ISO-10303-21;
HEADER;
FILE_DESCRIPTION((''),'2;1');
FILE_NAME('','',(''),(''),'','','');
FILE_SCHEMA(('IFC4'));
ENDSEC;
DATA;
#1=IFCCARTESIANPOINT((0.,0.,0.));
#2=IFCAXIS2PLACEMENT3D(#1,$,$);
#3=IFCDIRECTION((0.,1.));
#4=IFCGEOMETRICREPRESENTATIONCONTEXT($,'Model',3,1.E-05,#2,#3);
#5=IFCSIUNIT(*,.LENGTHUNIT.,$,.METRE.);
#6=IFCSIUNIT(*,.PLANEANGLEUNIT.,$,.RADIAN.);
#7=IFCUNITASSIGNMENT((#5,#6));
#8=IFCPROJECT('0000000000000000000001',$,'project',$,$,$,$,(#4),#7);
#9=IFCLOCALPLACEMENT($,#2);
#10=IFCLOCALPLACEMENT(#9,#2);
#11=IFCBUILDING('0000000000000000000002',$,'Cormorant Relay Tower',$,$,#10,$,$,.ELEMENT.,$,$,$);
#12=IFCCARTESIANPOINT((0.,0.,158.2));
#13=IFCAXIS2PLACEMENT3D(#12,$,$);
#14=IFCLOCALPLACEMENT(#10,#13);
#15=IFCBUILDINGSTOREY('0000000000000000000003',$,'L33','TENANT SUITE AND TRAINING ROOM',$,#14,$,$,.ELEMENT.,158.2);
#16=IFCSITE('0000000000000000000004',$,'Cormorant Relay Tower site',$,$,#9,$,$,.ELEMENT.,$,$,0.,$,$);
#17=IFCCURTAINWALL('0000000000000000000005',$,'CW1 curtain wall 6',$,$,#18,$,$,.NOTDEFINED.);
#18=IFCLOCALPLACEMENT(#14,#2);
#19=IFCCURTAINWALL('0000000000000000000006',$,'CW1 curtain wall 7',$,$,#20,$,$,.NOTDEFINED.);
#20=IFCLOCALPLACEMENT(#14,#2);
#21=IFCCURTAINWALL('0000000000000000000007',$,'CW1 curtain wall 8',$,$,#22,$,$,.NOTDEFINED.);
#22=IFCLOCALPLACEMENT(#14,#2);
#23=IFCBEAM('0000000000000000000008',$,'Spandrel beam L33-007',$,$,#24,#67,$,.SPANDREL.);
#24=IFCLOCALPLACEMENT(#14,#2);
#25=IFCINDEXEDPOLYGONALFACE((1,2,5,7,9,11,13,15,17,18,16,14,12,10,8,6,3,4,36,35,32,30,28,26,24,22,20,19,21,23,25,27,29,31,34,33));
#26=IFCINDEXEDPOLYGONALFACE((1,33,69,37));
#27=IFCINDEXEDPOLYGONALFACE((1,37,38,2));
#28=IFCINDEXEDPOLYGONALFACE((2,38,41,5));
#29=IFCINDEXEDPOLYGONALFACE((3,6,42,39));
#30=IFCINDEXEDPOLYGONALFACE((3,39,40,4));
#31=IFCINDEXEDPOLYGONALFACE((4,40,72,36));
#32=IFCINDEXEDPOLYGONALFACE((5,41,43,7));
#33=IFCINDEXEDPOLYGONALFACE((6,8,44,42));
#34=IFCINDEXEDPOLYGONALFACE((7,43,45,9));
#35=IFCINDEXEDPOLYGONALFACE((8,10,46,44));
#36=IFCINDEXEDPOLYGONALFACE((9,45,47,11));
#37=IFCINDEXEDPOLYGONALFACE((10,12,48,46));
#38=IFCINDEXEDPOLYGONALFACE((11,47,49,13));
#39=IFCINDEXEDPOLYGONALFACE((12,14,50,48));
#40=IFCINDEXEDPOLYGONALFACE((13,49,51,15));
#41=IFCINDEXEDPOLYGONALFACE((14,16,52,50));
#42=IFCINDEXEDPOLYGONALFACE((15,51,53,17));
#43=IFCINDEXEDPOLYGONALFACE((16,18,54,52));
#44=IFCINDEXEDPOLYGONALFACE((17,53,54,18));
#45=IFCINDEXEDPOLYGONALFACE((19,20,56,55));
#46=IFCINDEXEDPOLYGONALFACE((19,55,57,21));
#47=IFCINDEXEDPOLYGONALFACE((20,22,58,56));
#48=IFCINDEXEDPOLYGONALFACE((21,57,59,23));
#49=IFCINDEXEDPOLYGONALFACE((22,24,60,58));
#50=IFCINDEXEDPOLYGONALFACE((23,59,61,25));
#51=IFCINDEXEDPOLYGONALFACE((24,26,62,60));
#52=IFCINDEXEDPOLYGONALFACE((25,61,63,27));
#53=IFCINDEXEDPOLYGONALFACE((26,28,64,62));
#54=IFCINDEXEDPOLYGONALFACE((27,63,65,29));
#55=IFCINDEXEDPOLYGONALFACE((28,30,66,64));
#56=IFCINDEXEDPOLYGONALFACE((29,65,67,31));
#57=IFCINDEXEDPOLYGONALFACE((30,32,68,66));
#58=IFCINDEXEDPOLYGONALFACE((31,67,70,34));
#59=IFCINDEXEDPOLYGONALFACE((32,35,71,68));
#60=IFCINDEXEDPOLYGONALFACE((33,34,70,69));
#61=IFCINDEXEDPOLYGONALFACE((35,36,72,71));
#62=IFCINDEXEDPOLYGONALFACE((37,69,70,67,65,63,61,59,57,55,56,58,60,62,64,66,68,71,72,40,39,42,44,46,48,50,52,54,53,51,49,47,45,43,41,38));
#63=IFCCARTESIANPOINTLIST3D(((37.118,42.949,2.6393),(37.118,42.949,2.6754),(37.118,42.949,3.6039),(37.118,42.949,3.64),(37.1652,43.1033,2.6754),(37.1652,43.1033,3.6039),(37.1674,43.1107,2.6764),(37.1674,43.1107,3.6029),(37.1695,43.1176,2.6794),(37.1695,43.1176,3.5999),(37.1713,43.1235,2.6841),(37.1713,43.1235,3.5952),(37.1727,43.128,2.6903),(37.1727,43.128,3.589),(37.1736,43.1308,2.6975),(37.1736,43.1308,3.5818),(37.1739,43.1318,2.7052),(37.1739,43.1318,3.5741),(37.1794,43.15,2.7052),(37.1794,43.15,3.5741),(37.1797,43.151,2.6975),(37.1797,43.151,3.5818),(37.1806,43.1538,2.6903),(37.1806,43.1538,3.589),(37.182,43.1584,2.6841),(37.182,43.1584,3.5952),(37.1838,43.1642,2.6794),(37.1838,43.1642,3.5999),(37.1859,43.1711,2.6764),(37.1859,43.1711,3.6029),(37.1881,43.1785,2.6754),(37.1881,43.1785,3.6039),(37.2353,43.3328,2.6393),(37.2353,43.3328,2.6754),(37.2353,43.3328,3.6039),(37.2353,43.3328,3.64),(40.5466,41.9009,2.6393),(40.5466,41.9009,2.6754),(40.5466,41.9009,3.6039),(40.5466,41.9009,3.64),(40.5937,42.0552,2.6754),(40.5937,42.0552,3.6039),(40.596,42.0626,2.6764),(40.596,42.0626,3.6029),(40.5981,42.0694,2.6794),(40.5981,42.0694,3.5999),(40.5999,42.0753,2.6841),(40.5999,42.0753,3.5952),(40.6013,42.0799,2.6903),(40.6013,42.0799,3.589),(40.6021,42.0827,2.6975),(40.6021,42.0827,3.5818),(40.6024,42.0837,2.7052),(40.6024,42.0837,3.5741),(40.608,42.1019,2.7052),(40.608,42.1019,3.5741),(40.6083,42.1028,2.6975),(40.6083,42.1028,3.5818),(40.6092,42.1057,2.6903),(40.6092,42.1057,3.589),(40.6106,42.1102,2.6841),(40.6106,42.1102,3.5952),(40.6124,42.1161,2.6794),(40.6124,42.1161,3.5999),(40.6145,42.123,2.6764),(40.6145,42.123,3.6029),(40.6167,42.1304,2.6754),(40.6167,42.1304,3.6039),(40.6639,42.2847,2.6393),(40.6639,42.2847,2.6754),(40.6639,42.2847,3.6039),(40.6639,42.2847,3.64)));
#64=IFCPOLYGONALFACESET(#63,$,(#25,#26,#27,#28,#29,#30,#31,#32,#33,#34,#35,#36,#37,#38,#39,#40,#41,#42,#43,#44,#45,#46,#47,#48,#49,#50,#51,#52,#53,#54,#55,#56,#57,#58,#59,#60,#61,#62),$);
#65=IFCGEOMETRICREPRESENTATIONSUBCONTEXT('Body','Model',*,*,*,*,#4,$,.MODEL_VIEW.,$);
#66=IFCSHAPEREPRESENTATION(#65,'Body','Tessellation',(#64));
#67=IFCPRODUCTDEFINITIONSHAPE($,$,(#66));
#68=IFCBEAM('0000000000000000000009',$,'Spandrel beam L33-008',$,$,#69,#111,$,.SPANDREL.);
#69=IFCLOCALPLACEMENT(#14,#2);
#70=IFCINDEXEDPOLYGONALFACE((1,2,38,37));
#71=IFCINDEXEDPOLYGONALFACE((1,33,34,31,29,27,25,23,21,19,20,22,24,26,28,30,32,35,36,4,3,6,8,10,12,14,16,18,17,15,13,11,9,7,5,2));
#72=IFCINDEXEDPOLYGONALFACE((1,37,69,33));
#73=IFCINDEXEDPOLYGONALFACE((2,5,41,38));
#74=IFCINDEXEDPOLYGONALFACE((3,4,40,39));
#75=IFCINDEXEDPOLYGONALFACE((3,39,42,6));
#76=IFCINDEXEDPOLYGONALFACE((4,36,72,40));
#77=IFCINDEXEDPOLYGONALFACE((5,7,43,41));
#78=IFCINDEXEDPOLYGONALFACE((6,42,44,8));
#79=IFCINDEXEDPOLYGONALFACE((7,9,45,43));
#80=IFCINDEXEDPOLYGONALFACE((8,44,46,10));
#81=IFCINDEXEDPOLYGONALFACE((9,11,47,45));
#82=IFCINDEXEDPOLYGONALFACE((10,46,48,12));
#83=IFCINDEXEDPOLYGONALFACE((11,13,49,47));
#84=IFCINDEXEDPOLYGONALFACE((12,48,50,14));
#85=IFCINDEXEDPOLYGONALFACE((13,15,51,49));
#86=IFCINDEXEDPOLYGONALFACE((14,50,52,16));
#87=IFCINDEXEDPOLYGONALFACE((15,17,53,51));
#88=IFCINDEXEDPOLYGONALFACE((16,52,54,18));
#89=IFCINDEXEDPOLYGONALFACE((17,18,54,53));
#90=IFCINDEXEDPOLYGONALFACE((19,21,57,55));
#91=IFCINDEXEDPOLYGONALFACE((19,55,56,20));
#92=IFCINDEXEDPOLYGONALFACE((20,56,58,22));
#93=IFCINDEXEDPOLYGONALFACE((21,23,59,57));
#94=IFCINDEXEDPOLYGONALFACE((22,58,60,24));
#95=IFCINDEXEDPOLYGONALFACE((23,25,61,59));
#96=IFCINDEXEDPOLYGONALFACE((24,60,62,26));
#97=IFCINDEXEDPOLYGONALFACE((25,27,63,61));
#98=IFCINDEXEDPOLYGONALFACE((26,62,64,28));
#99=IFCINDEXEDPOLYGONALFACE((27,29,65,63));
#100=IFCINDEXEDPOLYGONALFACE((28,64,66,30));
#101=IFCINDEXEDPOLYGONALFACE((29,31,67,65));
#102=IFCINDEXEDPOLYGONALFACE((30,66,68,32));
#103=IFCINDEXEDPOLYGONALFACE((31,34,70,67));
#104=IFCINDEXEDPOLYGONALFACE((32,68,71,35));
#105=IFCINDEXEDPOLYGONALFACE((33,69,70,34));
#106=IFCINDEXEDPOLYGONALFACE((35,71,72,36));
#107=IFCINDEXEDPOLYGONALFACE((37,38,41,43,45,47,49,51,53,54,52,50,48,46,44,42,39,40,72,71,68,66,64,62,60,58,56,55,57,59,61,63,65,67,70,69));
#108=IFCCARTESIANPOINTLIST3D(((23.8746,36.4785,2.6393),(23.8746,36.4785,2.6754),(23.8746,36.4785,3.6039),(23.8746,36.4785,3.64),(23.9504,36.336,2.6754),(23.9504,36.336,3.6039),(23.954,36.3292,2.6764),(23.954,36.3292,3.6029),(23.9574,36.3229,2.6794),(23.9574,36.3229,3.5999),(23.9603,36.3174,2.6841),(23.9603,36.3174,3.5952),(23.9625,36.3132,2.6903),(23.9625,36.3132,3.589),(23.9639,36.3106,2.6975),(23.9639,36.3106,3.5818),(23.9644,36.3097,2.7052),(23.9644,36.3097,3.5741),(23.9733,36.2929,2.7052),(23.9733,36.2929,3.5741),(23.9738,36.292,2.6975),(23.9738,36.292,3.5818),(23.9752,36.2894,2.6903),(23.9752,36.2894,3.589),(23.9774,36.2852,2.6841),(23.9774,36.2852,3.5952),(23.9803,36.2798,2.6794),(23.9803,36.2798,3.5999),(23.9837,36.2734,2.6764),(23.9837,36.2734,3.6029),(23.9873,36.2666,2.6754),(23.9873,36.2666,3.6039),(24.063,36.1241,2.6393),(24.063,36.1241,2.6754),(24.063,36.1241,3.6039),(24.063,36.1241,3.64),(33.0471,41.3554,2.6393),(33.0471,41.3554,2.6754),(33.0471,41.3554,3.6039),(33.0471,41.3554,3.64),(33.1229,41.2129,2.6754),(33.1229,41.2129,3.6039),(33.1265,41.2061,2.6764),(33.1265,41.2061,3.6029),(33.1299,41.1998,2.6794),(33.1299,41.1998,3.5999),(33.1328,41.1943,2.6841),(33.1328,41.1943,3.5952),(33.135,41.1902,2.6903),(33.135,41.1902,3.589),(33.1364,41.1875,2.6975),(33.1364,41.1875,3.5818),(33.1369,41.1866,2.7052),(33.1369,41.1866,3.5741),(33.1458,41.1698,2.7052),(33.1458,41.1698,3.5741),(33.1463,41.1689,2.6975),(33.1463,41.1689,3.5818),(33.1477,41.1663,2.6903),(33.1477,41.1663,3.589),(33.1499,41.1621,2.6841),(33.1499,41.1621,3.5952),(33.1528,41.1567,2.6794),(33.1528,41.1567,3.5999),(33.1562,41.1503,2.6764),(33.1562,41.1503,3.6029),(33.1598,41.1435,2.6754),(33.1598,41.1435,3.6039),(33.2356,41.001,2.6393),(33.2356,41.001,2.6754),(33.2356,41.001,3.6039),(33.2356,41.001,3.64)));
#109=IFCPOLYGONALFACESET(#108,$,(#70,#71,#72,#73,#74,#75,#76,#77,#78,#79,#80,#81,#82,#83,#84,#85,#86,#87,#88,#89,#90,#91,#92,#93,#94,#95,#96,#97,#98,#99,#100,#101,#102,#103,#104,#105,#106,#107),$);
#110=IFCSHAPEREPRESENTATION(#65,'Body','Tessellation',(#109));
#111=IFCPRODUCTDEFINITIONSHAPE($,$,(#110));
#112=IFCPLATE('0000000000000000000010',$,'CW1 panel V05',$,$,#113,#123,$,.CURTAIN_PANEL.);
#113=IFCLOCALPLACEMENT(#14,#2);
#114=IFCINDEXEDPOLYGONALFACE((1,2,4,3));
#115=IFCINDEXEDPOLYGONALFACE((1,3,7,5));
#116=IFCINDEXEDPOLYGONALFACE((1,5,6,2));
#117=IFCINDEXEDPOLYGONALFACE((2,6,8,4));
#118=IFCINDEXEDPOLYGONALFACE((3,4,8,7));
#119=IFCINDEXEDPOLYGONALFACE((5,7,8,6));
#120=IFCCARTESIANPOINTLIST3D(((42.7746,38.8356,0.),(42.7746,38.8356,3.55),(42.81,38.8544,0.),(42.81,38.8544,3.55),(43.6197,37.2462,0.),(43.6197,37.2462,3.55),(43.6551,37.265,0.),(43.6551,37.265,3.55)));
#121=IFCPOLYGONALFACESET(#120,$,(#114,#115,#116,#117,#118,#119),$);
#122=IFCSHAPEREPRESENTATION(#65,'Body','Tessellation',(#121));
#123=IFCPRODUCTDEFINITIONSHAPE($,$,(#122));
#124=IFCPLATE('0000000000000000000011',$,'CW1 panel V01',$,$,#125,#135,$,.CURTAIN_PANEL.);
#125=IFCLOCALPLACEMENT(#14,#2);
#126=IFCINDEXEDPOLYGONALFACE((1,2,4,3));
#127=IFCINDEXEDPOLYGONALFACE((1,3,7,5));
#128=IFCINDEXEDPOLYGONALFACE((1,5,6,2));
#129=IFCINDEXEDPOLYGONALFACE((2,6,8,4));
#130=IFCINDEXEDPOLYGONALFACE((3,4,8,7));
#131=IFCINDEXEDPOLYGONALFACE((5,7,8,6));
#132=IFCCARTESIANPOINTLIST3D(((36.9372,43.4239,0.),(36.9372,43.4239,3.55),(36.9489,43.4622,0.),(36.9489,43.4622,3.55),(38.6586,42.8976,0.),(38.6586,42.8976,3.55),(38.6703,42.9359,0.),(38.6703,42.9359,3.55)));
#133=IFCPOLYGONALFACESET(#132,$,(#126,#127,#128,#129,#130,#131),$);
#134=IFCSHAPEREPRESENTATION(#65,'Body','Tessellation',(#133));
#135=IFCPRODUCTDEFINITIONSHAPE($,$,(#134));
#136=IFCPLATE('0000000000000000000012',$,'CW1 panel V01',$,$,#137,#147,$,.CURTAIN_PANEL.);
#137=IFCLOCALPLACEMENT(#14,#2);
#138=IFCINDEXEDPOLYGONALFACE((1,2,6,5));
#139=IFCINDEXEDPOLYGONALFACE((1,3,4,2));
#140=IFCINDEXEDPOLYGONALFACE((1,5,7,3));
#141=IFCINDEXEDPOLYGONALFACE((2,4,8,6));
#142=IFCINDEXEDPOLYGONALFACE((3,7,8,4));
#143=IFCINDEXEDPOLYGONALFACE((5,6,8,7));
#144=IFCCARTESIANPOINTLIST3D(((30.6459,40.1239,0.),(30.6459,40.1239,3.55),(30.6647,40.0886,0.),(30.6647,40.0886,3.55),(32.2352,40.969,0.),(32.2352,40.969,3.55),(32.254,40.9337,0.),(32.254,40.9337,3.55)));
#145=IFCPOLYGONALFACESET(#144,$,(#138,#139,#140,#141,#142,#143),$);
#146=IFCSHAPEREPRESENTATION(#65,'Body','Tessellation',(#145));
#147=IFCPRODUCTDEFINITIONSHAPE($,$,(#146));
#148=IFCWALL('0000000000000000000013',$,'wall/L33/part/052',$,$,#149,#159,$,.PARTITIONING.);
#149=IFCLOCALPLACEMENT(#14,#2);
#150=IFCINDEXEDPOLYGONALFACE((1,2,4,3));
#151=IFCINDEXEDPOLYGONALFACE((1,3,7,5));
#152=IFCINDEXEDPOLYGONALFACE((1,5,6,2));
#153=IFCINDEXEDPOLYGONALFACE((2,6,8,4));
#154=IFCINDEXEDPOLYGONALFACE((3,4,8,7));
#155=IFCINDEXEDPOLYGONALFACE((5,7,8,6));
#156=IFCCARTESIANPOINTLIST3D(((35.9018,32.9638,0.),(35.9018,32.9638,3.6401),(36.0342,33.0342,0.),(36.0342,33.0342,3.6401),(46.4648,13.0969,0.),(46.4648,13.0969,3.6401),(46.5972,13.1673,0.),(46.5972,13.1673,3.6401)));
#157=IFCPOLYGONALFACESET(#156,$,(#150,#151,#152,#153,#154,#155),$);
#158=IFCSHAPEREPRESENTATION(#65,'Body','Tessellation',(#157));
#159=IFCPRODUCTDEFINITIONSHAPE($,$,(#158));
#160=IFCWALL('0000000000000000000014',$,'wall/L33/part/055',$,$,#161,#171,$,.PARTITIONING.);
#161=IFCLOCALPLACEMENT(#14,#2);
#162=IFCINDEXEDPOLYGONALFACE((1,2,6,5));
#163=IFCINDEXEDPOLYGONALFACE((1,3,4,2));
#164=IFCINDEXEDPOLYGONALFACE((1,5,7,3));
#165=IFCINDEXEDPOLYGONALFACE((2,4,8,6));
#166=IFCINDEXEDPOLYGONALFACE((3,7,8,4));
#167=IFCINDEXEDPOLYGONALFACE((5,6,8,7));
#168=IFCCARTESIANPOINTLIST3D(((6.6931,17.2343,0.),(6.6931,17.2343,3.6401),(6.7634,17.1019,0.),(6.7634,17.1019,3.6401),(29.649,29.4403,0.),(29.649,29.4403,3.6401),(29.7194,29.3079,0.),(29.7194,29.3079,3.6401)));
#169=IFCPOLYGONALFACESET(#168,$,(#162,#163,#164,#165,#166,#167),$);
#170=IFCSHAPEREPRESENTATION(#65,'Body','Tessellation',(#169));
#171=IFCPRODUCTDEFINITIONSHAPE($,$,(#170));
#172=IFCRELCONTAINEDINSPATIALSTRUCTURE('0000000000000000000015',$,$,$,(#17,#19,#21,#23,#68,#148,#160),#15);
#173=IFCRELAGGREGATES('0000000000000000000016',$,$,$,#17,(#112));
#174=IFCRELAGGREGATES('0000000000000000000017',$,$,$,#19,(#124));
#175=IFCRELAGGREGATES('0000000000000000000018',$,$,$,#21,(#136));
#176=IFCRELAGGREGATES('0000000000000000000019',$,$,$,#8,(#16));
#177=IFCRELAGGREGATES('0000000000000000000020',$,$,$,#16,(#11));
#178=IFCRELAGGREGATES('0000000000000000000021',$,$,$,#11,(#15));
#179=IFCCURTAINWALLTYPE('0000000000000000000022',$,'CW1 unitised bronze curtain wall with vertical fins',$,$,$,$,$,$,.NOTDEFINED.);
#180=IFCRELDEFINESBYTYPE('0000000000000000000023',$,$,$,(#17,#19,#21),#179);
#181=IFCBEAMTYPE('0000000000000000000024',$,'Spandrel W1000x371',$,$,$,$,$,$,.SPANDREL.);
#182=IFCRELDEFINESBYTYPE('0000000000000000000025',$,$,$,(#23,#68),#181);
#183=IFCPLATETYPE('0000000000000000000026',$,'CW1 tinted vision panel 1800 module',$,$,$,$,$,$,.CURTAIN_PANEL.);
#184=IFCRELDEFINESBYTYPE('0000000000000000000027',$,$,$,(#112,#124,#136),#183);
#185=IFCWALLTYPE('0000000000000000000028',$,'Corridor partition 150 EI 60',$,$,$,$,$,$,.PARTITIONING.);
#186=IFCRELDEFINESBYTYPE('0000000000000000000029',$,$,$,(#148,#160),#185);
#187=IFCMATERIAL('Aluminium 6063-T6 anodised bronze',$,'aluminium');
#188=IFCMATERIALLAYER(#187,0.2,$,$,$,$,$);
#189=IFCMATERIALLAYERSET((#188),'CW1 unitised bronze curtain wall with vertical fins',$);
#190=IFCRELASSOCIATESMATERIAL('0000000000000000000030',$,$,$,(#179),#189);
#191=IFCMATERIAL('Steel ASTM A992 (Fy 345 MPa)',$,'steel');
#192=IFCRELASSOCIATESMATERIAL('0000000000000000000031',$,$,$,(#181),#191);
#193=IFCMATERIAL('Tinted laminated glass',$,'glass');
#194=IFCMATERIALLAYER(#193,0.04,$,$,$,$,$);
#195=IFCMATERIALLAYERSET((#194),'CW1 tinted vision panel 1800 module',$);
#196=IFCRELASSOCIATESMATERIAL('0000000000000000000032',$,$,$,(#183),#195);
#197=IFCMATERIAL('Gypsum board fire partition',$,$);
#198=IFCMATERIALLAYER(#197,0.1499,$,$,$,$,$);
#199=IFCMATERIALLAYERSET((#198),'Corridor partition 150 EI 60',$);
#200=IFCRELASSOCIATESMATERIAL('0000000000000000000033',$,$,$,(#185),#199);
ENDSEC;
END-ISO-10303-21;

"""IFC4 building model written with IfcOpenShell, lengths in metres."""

from ifc_helpers import new_model, si_unit, direction, frame, frame_2d, origin, origin_2d, place, context, subcontext, project, spatial, rectangle, i_section, extrude, material, layer, layer_set, material_profile, profile_set, type_object, element, aggregate, save


model = new_model("IFC4")

# Units and contexts
model_context = context("Model", 3, precision=1e-05, world=origin(), true_north=direction((0.0, 1.0)))
body_context = subcontext(model_context, "Body", "Model", "MODEL_VIEW")
ifc_project = project(units=[si_unit("LENGTHUNIT", "METRE"), si_unit("PLANEANGLEUNIT", "RADIAN")], contexts=[model_context])

# Site, building, storey
site_placement = place(None, origin())
site = spatial("IfcSite", under=ifc_project, at=site_placement, Name="Cormorant Relay Tower site", CompositionType="ELEMENT", RefElevation=0.0)
building_placement = place(site_placement, origin())
building = spatial("IfcBuilding", under=site, at=building_placement, Name="Cormorant Relay Tower", CompositionType="ELEMENT")
storey_placement = place(building_placement, frame((0.0, 0.0, 158.2)))
storey = spatial("IfcBuildingStorey", under=building, at=storey_placement, Name="L33", Description="TENANT SUITE AND TRAINING ROOM", CompositionType="ELEMENT", Elevation=158.2)

# Curtain wall
ifc_material_1 = material(Name="Aluminium 6063-T6 anodised bronze", Category="aluminium")
ifc_layer_1 = layer(ifc_material_1, 0.2)
ifc_layer_set_1 = layer_set([ifc_layer_1], Name="CW1 unitised bronze curtain wall with vertical fins")
curtain_wall_type = type_object("IfcCurtainWallType", Name="CW1 unitised bronze curtain wall with vertical fins", PredefinedType="NOTDEFINED", material=ifc_layer_set_1)
curtain_wall_1_placement = place(storey_placement, origin())
curtain_wall_1 = element("IfcCurtainWall", 1, at=curtain_wall_1_placement, inside=storey, type_object=curtain_wall_type, Name="CW1 curtain wall 6", PredefinedType="NOTDEFINED")

# Curtain wall
curtain_wall_2_placement = place(storey_placement, origin())
curtain_wall_2 = element("IfcCurtainWall", 2, at=curtain_wall_2_placement, inside=storey, type_object=curtain_wall_type, Name="CW1 curtain wall 7", PredefinedType="NOTDEFINED")

# Curtain wall
curtain_wall_3_placement = place(storey_placement, origin())
curtain_wall_3 = element("IfcCurtainWall", 3, at=curtain_wall_3_placement, inside=storey, type_object=curtain_wall_type, Name="CW1 curtain wall 8", PredefinedType="NOTDEFINED")

# Beams
ifc_material_2 = material(Name="Steel ASTM A992 (Fy 345 MPa)", Category="steel")
ifc_material_profile_1 = material_profile(ifc_material_2, i_section(OverallWidth=0.4014, OverallDepth=1.0007, WebThickness=0.019, FlangeThickness=0.0361, FilletRadius=0.0298, at=origin_2d()), Name="W1000x371")
ifc_profile_set_1 = profile_set([ifc_material_profile_1], Name="Steel ASTM A992 (Fy 345 MPa)")
beam_type = type_object("IfcBeamType", Name="Spandrel W1000x371", PredefinedType="SPANDREL", material=ifc_profile_set_1)
beam_1_placement = place(storey_placement, frame((40.6052, 42.0928, 3.1396), z_axis=(-0.956312, 0.292348, 0.0), x_axis=(-0.292348, -0.956312, 0.0)))
element("IfcBeam", 4, at=beam_1_placement, inside=storey, type_object=beam_type, Name="Spandrel beam L33-007", PredefinedType="SPANDREL", context=body_context, shape_type="SweptSolid", body=[
    extrude(i_section(OverallWidth=0.4014, OverallDepth=1.0007, WebThickness=0.019, FlangeThickness=0.0361, FilletRadius=0.0298, at=origin_2d()), origin(), (0.0, 0.0, 1.0), 3.5852),
])
beam_2_placement = place(storey_placement, frame((33.1414, 41.1782, 3.1396), z_axis=(-0.882956, -0.469456, 0.0), x_axis=(0.469456, -0.882956, 0.0)))
element("IfcBeam", 5, at=beam_2_placement, inside=storey, type_object=beam_type, Name="Spandrel beam L33-008", PredefinedType="SPANDREL", context=body_context, shape_type="SweptSolid", body=[
    extrude(i_section(OverallWidth=0.4014, OverallDepth=1.0007, WebThickness=0.019, FlangeThickness=0.0361, FilletRadius=0.0298, at=origin_2d()), origin(), (0.0, 0.0, 1.0), 10.3884),
])

# Plates
ifc_material_3 = material(Name="Tinted laminated glass", Category="glass")
ifc_layer_2 = layer(ifc_material_3, 0.04)
ifc_layer_set_2 = layer_set([ifc_layer_2], Name="CW1 tinted vision panel 1800 module")
plate_type = type_object("IfcPlateType", Name="CW1 tinted vision panel 1800 module", PredefinedType="CURTAIN_PANEL", material=ifc_layer_set_2)
plate_1_placement = place(storey_placement, frame((43.2148, 38.0503, 0.0), z_axis=(0.0, 0.0, 1.0), x_axis=(-0.469472, 0.882948, 0.0)))
plate_1 = element("IfcPlate", 6, at=plate_1_placement, type_object=plate_type, Name="CW1 panel V05", PredefinedType="CURTAIN_PANEL", context=body_context, shape_type="SweptSolid", body=[
    extrude(rectangle(XDim=1.8, YDim=0.04, at=origin_2d()), origin(), (0.0, 0.0, 1.0), 3.55),
])
plate_2_placement = place(storey_placement, frame((37.8037, 43.1799, 0.0), z_axis=(0.0, 0.0, 1.0), x_axis=(-0.956305, 0.292372, 0.0)))
plate_2 = element("IfcPlate", 7, at=plate_2_placement, type_object=plate_type, Name="CW1 panel V01", PredefinedType="CURTAIN_PANEL", context=body_context, shape_type="SweptSolid", body=[
    extrude(rectangle(XDim=1.8, YDim=0.04, at=origin_2d()), origin(), (0.0, 0.0, 1.0), 3.55),
])
plate_3_placement = place(storey_placement, frame((31.45, 40.5288, 0.0), z_axis=(0.0, 0.0, 1.0), x_axis=(-0.882948, -0.469472, 0.0)))
plate_3 = element("IfcPlate", 8, at=plate_3_placement, type_object=plate_type, Name="CW1 panel V01", PredefinedType="CURTAIN_PANEL", context=body_context, shape_type="SweptSolid", body=[
    extrude(rectangle(XDim=1.8, YDim=0.04, at=origin_2d()), origin(), (0.0, 0.0, 1.0), 3.55),
])

# Walls
ifc_material_4 = material(Name="Gypsum board fire partition")
ifc_layer_3 = layer(ifc_material_4, 0.1499)
ifc_layer_set_3 = layer_set([ifc_layer_3], Name="Corridor partition 150 EI 60")
wall_type_1 = type_object("IfcWallType", Name="Corridor partition 150 EI 60", PredefinedType="PARTITIONING", material=ifc_layer_set_3)
wall_1_placement = place(storey_placement, frame((35.968, 32.999, 0.0), z_axis=(0.0, 0.0, 1.0), x_axis=(0.469456, -0.882956, 0.0)))
element("IfcWall", 9, at=wall_1_placement, inside=storey, type_object=wall_type_1, Name="wall/L33/part/052", PredefinedType="PARTITIONING", context=body_context, shape_type="SweptSolid", body=[
    extrude(rectangle(XDim=22.5005, YDim=0.1499, at=frame_2d((11.2502, 0.0))), origin(), (0.0, 0.0, 1.0), 3.6401),
])
wall_2_placement = place(storey_placement, frame((29.6841, 29.374, 0.0), z_axis=(0.0, 0.0, 1.0), x_axis=(-0.882946, -0.469475, 0.0)))
element("IfcWall", 10, at=wall_2_placement, inside=storey, type_object=wall_type_1, Name="wall/L33/part/055", PredefinedType="PARTITIONING", context=body_context, shape_type="SweptSolid", body=[
    extrude(rectangle(XDim=25.9993, YDim=0.1499, at=frame_2d((12.9995, 0.0))), origin(), (0.0, 0.0, 1.0), 3.6401),
])

aggregate(curtain_wall_1, [plate_1])
aggregate(curtain_wall_2, [plate_2])
aggregate(curtain_wall_3, [plate_3])

save(model, "model.ifc")
